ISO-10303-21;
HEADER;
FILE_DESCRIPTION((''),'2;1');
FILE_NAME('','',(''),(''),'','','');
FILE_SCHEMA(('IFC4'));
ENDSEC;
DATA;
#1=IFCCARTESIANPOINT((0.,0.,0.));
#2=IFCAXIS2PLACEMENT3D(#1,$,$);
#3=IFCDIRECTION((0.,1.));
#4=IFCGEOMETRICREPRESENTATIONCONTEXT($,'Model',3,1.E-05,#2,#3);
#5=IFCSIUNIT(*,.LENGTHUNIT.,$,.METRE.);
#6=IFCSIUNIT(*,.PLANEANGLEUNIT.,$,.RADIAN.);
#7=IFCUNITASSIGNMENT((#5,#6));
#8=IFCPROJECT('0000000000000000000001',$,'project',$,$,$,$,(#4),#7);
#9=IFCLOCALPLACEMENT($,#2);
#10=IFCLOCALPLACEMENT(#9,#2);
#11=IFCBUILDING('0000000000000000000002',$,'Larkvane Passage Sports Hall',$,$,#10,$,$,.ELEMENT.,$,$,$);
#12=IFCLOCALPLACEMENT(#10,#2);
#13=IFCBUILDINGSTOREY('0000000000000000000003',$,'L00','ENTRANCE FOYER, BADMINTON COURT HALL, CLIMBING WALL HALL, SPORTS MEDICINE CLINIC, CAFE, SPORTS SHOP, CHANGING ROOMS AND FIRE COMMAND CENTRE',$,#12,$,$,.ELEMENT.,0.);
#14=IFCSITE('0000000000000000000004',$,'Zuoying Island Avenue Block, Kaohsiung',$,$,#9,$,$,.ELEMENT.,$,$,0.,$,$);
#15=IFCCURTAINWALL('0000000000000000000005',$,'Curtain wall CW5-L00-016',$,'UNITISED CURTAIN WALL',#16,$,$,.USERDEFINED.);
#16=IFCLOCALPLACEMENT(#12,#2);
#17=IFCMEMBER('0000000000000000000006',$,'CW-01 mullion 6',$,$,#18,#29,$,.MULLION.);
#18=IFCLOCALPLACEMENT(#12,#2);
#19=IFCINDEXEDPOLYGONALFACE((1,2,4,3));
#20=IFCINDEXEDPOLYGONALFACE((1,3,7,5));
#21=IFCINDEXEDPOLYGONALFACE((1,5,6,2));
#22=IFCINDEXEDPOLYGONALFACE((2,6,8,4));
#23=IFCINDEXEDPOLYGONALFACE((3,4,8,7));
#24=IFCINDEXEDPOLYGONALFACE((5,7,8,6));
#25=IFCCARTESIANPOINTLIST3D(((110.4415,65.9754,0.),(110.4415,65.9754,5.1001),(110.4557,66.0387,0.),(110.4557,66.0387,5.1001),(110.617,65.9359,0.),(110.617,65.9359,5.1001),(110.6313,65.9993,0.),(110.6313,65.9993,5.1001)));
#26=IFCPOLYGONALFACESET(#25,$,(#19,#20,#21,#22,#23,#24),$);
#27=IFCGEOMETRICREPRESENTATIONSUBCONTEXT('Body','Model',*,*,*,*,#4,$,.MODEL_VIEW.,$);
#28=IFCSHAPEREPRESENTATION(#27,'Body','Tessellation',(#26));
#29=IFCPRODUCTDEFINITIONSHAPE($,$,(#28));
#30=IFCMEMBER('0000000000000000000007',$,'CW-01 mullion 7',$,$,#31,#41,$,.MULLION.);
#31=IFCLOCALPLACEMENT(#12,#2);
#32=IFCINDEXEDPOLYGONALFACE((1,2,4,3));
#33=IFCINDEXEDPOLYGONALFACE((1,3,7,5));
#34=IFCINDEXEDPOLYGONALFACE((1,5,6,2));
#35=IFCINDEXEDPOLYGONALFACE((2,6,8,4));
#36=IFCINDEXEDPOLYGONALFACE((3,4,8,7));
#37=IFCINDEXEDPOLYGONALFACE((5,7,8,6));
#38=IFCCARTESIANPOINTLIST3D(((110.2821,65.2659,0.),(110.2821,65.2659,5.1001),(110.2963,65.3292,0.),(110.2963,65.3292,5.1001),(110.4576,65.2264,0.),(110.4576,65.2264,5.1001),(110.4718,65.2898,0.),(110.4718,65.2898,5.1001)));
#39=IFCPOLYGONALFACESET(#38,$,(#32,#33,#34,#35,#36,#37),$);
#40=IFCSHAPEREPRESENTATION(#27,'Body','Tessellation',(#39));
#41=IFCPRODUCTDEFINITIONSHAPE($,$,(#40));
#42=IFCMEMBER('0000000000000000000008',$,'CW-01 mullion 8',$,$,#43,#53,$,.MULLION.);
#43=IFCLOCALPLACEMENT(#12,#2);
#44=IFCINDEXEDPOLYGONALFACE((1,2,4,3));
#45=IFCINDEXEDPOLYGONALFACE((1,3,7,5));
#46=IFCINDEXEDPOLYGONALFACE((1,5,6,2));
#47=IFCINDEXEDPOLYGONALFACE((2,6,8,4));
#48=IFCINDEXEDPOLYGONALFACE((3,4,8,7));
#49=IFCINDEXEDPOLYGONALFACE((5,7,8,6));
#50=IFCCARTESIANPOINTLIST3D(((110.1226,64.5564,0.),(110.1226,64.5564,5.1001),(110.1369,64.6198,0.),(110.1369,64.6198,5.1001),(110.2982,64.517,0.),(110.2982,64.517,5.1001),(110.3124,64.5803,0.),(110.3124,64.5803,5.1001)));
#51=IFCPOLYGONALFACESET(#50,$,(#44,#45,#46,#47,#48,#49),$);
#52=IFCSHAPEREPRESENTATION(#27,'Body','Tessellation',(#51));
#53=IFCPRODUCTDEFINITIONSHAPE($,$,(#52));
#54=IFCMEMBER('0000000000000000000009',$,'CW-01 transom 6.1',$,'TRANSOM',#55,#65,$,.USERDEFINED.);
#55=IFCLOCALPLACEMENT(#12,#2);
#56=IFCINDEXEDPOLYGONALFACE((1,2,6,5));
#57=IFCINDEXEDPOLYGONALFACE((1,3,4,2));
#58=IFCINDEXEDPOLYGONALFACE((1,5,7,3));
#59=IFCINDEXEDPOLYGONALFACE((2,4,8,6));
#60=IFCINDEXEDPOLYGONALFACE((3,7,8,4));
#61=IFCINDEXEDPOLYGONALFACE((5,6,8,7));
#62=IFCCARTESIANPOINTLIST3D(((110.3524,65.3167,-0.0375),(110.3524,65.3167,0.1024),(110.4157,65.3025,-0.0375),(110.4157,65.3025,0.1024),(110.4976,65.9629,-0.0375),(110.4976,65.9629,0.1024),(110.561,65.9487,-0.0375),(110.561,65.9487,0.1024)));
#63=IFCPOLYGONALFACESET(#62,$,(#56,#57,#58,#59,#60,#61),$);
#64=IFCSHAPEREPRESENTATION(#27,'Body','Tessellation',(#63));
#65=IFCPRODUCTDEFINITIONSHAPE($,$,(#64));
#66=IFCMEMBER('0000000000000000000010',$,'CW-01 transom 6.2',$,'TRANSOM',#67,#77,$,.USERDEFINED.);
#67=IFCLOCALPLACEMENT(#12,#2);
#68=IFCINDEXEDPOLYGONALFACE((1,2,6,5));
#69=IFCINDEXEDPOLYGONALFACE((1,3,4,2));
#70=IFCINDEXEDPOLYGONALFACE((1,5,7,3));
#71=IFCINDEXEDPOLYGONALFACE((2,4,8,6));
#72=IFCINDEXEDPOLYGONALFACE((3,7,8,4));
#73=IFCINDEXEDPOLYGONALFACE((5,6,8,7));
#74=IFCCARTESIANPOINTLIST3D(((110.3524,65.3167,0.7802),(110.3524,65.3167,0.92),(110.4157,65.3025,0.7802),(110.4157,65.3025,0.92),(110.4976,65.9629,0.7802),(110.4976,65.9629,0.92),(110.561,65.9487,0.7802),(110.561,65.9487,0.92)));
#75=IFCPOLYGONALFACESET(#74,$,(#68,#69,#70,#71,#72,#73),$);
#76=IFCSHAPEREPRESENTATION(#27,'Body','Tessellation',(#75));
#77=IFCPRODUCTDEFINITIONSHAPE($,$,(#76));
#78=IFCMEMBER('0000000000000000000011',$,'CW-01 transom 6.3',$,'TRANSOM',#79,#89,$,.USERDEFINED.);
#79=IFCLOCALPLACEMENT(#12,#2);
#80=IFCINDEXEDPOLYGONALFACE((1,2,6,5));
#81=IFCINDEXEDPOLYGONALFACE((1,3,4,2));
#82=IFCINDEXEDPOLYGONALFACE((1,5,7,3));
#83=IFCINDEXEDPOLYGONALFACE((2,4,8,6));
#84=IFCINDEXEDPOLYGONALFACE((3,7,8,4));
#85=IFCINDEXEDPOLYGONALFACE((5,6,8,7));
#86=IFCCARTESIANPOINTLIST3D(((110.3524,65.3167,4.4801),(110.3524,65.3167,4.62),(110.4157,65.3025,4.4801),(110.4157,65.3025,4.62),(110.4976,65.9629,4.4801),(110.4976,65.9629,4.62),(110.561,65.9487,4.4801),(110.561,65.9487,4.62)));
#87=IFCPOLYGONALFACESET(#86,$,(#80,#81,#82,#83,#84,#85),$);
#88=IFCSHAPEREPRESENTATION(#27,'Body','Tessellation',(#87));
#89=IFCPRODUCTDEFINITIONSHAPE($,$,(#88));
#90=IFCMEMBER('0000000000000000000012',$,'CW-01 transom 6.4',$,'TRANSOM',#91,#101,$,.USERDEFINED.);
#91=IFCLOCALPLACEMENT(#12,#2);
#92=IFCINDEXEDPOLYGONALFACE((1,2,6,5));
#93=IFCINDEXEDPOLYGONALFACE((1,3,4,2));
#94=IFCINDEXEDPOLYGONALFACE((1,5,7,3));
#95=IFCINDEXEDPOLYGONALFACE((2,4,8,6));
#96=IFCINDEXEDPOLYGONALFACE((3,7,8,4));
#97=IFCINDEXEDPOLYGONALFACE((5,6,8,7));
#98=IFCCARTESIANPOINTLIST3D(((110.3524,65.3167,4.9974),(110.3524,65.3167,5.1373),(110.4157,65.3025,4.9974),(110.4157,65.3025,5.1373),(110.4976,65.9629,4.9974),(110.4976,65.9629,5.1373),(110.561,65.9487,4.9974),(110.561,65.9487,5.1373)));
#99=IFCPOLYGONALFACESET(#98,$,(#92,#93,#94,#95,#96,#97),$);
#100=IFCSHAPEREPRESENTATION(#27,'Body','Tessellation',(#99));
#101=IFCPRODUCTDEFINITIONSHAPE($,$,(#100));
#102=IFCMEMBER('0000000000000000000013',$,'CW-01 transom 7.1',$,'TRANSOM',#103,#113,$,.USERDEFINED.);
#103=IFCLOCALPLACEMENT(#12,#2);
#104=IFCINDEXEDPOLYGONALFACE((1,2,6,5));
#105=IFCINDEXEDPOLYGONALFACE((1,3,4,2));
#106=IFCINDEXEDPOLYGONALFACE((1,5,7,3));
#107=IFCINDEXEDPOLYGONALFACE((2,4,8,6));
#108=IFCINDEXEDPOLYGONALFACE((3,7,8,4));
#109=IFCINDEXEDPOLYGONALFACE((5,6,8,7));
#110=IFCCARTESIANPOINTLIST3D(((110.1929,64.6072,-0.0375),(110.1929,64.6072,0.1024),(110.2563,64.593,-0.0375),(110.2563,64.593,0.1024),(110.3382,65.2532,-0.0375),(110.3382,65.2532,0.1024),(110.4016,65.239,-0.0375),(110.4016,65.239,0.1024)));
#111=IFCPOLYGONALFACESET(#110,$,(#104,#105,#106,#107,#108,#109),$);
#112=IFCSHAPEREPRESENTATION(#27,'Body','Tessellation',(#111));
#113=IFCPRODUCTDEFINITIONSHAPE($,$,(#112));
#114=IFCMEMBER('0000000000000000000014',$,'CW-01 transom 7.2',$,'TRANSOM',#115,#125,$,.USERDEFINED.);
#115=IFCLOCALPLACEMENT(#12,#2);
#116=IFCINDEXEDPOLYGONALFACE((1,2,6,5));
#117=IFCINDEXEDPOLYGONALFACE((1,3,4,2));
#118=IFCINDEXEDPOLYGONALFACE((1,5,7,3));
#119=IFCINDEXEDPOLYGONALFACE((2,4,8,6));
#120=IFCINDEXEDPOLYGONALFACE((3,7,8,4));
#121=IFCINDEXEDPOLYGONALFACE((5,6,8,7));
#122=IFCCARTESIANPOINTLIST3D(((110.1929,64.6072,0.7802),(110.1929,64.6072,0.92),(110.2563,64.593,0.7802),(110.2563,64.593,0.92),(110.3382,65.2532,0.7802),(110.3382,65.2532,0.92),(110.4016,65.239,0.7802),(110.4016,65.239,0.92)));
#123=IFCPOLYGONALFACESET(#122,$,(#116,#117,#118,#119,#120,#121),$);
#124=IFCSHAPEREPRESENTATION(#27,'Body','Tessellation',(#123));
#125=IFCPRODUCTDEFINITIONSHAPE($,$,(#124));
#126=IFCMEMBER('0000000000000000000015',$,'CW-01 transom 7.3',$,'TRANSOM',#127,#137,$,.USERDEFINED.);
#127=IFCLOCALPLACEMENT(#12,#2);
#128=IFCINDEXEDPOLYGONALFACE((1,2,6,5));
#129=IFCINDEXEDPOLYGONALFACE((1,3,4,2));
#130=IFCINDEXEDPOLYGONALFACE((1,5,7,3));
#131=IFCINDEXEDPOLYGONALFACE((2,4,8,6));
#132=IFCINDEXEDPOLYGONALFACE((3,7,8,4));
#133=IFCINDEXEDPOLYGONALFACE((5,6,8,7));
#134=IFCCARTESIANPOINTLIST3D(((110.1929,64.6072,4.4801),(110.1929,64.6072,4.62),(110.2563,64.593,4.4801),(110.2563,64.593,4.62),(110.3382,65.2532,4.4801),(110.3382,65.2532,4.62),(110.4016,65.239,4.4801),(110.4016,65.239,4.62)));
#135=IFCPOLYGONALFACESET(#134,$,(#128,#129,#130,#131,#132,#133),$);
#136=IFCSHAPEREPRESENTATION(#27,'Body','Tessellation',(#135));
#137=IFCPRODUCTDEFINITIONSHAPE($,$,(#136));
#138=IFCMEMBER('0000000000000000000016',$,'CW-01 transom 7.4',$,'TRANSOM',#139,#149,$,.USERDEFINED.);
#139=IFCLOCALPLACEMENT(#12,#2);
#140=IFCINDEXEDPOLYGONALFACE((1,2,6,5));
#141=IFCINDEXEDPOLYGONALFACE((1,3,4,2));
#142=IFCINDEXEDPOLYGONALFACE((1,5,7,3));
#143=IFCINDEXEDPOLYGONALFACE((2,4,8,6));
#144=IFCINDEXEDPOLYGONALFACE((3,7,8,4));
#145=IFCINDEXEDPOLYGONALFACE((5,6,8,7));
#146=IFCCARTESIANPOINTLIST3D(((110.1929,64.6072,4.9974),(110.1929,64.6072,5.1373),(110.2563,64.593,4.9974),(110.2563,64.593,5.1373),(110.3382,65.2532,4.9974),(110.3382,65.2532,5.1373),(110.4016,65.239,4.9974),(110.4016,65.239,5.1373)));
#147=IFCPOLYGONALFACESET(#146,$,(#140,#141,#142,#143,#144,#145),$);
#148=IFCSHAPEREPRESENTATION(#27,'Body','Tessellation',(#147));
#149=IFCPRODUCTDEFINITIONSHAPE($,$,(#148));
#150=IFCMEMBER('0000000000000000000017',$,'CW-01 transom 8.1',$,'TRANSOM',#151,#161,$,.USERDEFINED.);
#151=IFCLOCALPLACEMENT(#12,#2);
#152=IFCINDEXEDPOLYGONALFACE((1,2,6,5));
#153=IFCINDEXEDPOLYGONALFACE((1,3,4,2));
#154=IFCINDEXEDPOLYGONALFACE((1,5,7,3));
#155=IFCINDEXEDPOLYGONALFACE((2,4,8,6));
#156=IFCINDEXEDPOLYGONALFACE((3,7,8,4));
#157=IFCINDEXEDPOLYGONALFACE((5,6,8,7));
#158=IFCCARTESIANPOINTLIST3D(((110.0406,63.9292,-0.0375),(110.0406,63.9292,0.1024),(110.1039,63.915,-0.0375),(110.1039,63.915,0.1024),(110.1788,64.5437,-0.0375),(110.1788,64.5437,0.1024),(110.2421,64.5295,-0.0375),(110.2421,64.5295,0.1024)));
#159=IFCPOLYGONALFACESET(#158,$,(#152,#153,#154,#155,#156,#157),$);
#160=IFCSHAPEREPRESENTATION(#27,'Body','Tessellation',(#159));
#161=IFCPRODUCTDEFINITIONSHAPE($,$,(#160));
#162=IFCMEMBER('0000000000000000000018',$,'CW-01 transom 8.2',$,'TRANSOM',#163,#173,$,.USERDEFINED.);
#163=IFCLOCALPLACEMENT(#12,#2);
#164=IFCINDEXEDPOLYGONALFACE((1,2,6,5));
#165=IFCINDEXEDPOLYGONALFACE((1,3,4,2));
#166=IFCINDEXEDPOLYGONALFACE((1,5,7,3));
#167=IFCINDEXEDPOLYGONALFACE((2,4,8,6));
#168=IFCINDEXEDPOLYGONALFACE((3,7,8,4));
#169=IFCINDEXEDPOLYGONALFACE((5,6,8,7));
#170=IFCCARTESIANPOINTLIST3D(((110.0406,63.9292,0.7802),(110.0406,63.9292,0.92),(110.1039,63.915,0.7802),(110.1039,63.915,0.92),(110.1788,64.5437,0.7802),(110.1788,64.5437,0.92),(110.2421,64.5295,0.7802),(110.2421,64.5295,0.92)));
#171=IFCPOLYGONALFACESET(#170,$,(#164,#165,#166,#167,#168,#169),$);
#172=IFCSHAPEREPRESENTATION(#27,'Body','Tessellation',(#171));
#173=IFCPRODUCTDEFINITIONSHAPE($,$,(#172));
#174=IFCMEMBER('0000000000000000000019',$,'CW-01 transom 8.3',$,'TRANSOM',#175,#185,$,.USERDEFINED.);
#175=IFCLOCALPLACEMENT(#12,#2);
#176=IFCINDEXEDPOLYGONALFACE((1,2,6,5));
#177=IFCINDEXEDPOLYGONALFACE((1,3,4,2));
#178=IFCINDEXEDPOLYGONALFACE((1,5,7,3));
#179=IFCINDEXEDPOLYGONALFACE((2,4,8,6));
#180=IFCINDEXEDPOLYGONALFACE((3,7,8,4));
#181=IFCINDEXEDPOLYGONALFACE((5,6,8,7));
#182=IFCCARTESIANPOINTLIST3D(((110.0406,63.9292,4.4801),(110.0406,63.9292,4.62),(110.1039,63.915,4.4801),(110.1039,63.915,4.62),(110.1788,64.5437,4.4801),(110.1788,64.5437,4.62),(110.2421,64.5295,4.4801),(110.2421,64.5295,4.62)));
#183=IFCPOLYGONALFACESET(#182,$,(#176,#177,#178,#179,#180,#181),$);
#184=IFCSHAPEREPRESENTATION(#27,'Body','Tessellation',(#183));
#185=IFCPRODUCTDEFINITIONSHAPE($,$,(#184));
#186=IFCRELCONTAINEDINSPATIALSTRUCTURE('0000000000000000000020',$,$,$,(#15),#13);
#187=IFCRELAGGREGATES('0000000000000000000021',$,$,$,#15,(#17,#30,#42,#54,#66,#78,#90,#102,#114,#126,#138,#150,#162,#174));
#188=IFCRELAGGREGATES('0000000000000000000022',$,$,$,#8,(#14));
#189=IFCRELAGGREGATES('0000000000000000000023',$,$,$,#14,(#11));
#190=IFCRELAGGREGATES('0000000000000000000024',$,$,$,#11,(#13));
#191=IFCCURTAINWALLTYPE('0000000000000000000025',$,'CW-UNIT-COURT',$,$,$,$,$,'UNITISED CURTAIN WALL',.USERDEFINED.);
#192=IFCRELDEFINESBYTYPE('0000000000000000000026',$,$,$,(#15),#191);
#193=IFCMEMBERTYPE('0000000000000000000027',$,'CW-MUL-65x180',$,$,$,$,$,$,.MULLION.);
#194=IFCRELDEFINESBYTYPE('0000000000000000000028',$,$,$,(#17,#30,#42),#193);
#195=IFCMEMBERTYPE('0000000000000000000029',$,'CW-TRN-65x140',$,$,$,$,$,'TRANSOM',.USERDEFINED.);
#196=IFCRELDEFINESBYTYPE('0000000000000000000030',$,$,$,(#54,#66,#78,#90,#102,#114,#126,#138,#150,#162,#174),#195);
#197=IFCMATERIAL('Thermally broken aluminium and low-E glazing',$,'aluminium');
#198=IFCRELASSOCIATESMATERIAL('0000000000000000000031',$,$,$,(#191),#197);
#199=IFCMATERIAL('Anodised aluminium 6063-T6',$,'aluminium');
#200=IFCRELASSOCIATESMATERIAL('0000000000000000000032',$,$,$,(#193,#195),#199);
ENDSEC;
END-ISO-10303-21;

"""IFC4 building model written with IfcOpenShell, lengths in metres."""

from ifc_helpers import new_model, si_unit, direction, frame, origin, origin_2d, place, context, subcontext, project, spatial, rectangle, extrude, material, material_profile, profile_set, type_object, element, aggregate, save


model = new_model("IFC4")

# Units and contexts
model_context = context("Model", 3, precision=1e-05, world=origin(), true_north=direction((0.0, 1.0)))
body_context = subcontext(model_context, "Body", "Model", "MODEL_VIEW")
ifc_project = project(units=[si_unit("LENGTHUNIT", "METRE"), si_unit("PLANEANGLEUNIT", "RADIAN")], contexts=[model_context])

# Site, building, storey
site_placement = place(None, origin())
site = spatial("IfcSite", under=ifc_project, at=site_placement, Name="Zuoying Island Avenue Block, Kaohsiung", CompositionType="ELEMENT", RefElevation=0.0)
building_placement = place(site_placement, origin())
building = spatial("IfcBuilding", under=site, at=building_placement, Name="Larkvane Passage Sports Hall", CompositionType="ELEMENT")
storey_placement = place(building_placement, origin())
storey = spatial("IfcBuildingStorey", under=building, at=storey_placement, Name="L00", Description="ENTRANCE FOYER, BADMINTON COURT HALL, CLIMBING WALL HALL, SPORTS MEDICINE CLINIC, CAFE, SPORTS SHOP, CHANGING ROOMS AND FIRE COMMAND CENTRE", CompositionType="ELEMENT", Elevation=0.0)

# Curtain wall, members
ifc_material_1 = material(Name="Thermally broken aluminium and low-E glazing", Category="aluminium")
curtain_wall_type = type_object("IfcCurtainWallType", Name="CW-UNIT-COURT", ElementType="UNITISED CURTAIN WALL", PredefinedType="USERDEFINED", material=ifc_material_1)
curtain_wall_placement = place(storey_placement, origin())
curtain_wall = element("IfcCurtainWall", 1, at=curtain_wall_placement, inside=storey, type_object=curtain_wall_type, Name="Curtain wall CW5-L00-016", ObjectType="UNITISED CURTAIN WALL", PredefinedType="USERDEFINED")
ifc_material_2 = material(Name="Anodised aluminium 6063-T6", Category="aluminium")
ifc_material_profile_1 = material_profile(ifc_material_2, rectangle(XDim=0.0649, YDim=0.1799, at=origin_2d()), Name="ALU-MUL-65x180")
ifc_profile_set_1 = profile_set([ifc_material_profile_1], Name="Anodised aluminium 6063-T6")
member_type_1 = type_object("IfcMemberType", Name="CW-MUL-65x180", PredefinedType="MULLION", material=ifc_profile_set_1)
member_1_placement = place(storey_placement, frame((110.5364, 65.9873, 0.0), z_axis=(0.0, 0.0, 1.0), x_axis=(-0.219261, -0.975666, 0.0)))
member_1 = element("IfcMember", 2, at=member_1_placement, type_object=member_type_1, Name="CW-01 mullion 6", PredefinedType="MULLION", context=body_context, shape_type="SweptSolid", body=[
    extrude(rectangle(XDim=0.0649, YDim=0.1799, at=origin_2d()), origin(), (0.0, 0.0, 1.0), 5.1001),
])
member_2_placement = place(storey_placement, frame((110.377, 65.2778, 0.0), z_axis=(0.0, 0.0, 1.0), x_axis=(-0.219261, -0.975666, 0.0)))
member_2 = element("IfcMember", 3, at=member_2_placement, type_object=member_type_1, Name="CW-01 mullion 7", PredefinedType="MULLION", context=body_context, shape_type="SweptSolid", body=[
    extrude(rectangle(XDim=0.0649, YDim=0.1799, at=origin_2d()), origin(), (0.0, 0.0, 1.0), 5.1001),
])
member_3_placement = place(storey_placement, frame((110.2175, 64.5684, 0.0), z_axis=(0.0, 0.0, 1.0), x_axis=(-0.219261, -0.975666, 0.0)))
member_3 = element("IfcMember", 4, at=member_3_placement, type_object=member_type_1, Name="CW-01 mullion 8", PredefinedType="MULLION", context=body_context, shape_type="SweptSolid", body=[
    extrude(rectangle(XDim=0.0649, YDim=0.1799, at=origin_2d()), origin(), (0.0, 0.0, 1.0), 5.1001),
])
ifc_material_profile_2 = material_profile(ifc_material_2, rectangle(XDim=0.0649, YDim=0.1399, at=origin_2d()), Name="ALU-TRN-65x140")
ifc_profile_set_2 = profile_set([ifc_material_profile_2], Name="Anodised aluminium 6063-T6")
member_type_2 = type_object("IfcMemberType", Name="CW-TRN-65x140", ElementType="TRANSOM", PredefinedType="USERDEFINED", material=ifc_profile_set_2)
member_4_placement = place(storey_placement, frame((110.5293, 65.9558, 0.0325), z_axis=(-0.21931, -0.975655, 0.0), x_axis=(0.975655, -0.21931, 0.0)))
member_4 = element("IfcMember", 5, at=member_4_placement, type_object=member_type_2, Name="CW-01 transom 6.1", ObjectType="TRANSOM", PredefinedType="USERDEFINED", context=body_context, shape_type="SweptSolid", body=[
    extrude(rectangle(XDim=0.0649, YDim=0.1399, at=origin_2d()), origin(), (0.0, 0.0, 1.0), 0.6624),
])
member_5_placement = place(storey_placement, frame((110.5293, 65.9558, 0.8501), z_axis=(-0.21931, -0.975655, 0.0), x_axis=(0.975655, -0.21931, 0.0)))
member_5 = element("IfcMember", 6, at=member_5_placement, type_object=member_type_2, Name="CW-01 transom 6.2", ObjectType="TRANSOM", PredefinedType="USERDEFINED", context=body_context, shape_type="SweptSolid", body=[
    extrude(rectangle(XDim=0.0649, YDim=0.1399, at=origin_2d()), origin(), (0.0, 0.0, 1.0), 0.6624),
])
member_6_placement = place(storey_placement, frame((110.5293, 65.9558, 4.55), z_axis=(-0.21931, -0.975655, 0.0), x_axis=(0.975655, -0.21931, 0.0)))
member_6 = element("IfcMember", 7, at=member_6_placement, type_object=member_type_2, Name="CW-01 transom 6.3", ObjectType="TRANSOM", PredefinedType="USERDEFINED", context=body_context, shape_type="SweptSolid", body=[
    extrude(rectangle(XDim=0.0649, YDim=0.1399, at=origin_2d()), origin(), (0.0, 0.0, 1.0), 0.6624),
])
member_7_placement = place(storey_placement, frame((110.5293, 65.9558, 5.0674), z_axis=(-0.21931, -0.975655, 0.0), x_axis=(0.975655, -0.21931, 0.0)))
member_7 = element("IfcMember", 8, at=member_7_placement, type_object=member_type_2, Name="CW-01 transom 6.4", ObjectType="TRANSOM", PredefinedType="USERDEFINED", context=body_context, shape_type="SweptSolid", body=[
    extrude(rectangle(XDim=0.0649, YDim=0.1399, at=origin_2d()), origin(), (0.0, 0.0, 1.0), 0.6624),
])
member_8_placement = place(storey_placement, frame((110.3699, 65.2461, 0.0325), z_axis=(-0.219389, -0.975637, 0.0), x_axis=(0.975637, -0.219389, 0.0)))
member_8 = element("IfcMember", 9, at=member_8_placement, type_object=member_type_2, Name="CW-01 transom 7.1", ObjectType="TRANSOM", PredefinedType="USERDEFINED", context=body_context, shape_type="SweptSolid", body=[
    extrude(rectangle(XDim=0.0649, YDim=0.1399, at=origin_2d()), origin(), (0.0, 0.0, 1.0), 0.6621),
])
member_9_placement = place(storey_placement, frame((110.3699, 65.2461, 0.8501), z_axis=(-0.219389, -0.975637, 0.0), x_axis=(0.975637, -0.219389, 0.0)))
member_9 = element("IfcMember", 10, at=member_9_placement, type_object=member_type_2, Name="CW-01 transom 7.2", ObjectType="TRANSOM", PredefinedType="USERDEFINED", context=body_context, shape_type="SweptSolid", body=[
    extrude(rectangle(XDim=0.0649, YDim=0.1399, at=origin_2d()), origin(), (0.0, 0.0, 1.0), 0.6621),
])
member_10_placement = place(storey_placement, frame((110.3699, 65.2461, 4.55), z_axis=(-0.219389, -0.975637, 0.0), x_axis=(0.975637, -0.219389, 0.0)))
member_10 = element("IfcMember", 11, at=member_10_placement, type_object=member_type_2, Name="CW-01 transom 7.3", ObjectType="TRANSOM", PredefinedType="USERDEFINED", context=body_context, shape_type="SweptSolid", body=[
    extrude(rectangle(XDim=0.0649, YDim=0.1399, at=origin_2d()), origin(), (0.0, 0.0, 1.0), 0.6621),
])
member_11_placement = place(storey_placement, frame((110.3699, 65.2461, 5.0674), z_axis=(-0.219389, -0.975637, 0.0), x_axis=(0.975637, -0.219389, 0.0)))
member_11 = element("IfcMember", 12, at=member_11_placement, type_object=member_type_2, Name="CW-01 transom 7.4", ObjectType="TRANSOM", PredefinedType="USERDEFINED", context=body_context, shape_type="SweptSolid", body=[
    extrude(rectangle(XDim=0.0649, YDim=0.1399, at=origin_2d()), origin(), (0.0, 0.0, 1.0), 0.6621),
])
member_12_placement = place(storey_placement, frame((110.2104, 64.5366, 0.0325), z_axis=(-0.219392, -0.975637, 0.0), x_axis=(0.975637, -0.219392, 0.0)))
member_12 = element("IfcMember", 13, at=member_12_placement, type_object=member_type_2, Name="CW-01 transom 8.1", ObjectType="TRANSOM", PredefinedType="USERDEFINED", context=body_context, shape_type="SweptSolid", body=[
    extrude(rectangle(XDim=0.0649, YDim=0.1399, at=origin_2d()), origin(), (0.0, 0.0, 1.0), 0.6299),
])
member_13_placement = place(storey_placement, frame((110.2104, 64.5366, 0.8501), z_axis=(-0.219392, -0.975637, 0.0), x_axis=(0.975637, -0.219392, 0.0)))
member_13 = element("IfcMember", 14, at=member_13_placement, type_object=member_type_2, Name="CW-01 transom 8.2", ObjectType="TRANSOM", PredefinedType="USERDEFINED", context=body_context, shape_type="SweptSolid", body=[
    extrude(rectangle(XDim=0.0649, YDim=0.1399, at=origin_2d()), origin(), (0.0, 0.0, 1.0), 0.6299),
])
member_14_placement = place(storey_placement, frame((110.2104, 64.5366, 4.55), z_axis=(-0.219392, -0.975637, 0.0), x_axis=(0.975637, -0.219392, 0.0)))
member_14 = element("IfcMember", 15, at=member_14_placement, type_object=member_type_2, Name="CW-01 transom 8.3", ObjectType="TRANSOM", PredefinedType="USERDEFINED", context=body_context, shape_type="SweptSolid", body=[
    extrude(rectangle(XDim=0.0649, YDim=0.1399, at=origin_2d()), origin(), (0.0, 0.0, 1.0), 0.6299),
])
aggregate(curtain_wall, [member_1, member_2, member_3, member_4, member_5, member_6, member_7, member_8, member_9, member_10, member_11, member_12, member_13, member_14])

save(model, "model.ifc")
